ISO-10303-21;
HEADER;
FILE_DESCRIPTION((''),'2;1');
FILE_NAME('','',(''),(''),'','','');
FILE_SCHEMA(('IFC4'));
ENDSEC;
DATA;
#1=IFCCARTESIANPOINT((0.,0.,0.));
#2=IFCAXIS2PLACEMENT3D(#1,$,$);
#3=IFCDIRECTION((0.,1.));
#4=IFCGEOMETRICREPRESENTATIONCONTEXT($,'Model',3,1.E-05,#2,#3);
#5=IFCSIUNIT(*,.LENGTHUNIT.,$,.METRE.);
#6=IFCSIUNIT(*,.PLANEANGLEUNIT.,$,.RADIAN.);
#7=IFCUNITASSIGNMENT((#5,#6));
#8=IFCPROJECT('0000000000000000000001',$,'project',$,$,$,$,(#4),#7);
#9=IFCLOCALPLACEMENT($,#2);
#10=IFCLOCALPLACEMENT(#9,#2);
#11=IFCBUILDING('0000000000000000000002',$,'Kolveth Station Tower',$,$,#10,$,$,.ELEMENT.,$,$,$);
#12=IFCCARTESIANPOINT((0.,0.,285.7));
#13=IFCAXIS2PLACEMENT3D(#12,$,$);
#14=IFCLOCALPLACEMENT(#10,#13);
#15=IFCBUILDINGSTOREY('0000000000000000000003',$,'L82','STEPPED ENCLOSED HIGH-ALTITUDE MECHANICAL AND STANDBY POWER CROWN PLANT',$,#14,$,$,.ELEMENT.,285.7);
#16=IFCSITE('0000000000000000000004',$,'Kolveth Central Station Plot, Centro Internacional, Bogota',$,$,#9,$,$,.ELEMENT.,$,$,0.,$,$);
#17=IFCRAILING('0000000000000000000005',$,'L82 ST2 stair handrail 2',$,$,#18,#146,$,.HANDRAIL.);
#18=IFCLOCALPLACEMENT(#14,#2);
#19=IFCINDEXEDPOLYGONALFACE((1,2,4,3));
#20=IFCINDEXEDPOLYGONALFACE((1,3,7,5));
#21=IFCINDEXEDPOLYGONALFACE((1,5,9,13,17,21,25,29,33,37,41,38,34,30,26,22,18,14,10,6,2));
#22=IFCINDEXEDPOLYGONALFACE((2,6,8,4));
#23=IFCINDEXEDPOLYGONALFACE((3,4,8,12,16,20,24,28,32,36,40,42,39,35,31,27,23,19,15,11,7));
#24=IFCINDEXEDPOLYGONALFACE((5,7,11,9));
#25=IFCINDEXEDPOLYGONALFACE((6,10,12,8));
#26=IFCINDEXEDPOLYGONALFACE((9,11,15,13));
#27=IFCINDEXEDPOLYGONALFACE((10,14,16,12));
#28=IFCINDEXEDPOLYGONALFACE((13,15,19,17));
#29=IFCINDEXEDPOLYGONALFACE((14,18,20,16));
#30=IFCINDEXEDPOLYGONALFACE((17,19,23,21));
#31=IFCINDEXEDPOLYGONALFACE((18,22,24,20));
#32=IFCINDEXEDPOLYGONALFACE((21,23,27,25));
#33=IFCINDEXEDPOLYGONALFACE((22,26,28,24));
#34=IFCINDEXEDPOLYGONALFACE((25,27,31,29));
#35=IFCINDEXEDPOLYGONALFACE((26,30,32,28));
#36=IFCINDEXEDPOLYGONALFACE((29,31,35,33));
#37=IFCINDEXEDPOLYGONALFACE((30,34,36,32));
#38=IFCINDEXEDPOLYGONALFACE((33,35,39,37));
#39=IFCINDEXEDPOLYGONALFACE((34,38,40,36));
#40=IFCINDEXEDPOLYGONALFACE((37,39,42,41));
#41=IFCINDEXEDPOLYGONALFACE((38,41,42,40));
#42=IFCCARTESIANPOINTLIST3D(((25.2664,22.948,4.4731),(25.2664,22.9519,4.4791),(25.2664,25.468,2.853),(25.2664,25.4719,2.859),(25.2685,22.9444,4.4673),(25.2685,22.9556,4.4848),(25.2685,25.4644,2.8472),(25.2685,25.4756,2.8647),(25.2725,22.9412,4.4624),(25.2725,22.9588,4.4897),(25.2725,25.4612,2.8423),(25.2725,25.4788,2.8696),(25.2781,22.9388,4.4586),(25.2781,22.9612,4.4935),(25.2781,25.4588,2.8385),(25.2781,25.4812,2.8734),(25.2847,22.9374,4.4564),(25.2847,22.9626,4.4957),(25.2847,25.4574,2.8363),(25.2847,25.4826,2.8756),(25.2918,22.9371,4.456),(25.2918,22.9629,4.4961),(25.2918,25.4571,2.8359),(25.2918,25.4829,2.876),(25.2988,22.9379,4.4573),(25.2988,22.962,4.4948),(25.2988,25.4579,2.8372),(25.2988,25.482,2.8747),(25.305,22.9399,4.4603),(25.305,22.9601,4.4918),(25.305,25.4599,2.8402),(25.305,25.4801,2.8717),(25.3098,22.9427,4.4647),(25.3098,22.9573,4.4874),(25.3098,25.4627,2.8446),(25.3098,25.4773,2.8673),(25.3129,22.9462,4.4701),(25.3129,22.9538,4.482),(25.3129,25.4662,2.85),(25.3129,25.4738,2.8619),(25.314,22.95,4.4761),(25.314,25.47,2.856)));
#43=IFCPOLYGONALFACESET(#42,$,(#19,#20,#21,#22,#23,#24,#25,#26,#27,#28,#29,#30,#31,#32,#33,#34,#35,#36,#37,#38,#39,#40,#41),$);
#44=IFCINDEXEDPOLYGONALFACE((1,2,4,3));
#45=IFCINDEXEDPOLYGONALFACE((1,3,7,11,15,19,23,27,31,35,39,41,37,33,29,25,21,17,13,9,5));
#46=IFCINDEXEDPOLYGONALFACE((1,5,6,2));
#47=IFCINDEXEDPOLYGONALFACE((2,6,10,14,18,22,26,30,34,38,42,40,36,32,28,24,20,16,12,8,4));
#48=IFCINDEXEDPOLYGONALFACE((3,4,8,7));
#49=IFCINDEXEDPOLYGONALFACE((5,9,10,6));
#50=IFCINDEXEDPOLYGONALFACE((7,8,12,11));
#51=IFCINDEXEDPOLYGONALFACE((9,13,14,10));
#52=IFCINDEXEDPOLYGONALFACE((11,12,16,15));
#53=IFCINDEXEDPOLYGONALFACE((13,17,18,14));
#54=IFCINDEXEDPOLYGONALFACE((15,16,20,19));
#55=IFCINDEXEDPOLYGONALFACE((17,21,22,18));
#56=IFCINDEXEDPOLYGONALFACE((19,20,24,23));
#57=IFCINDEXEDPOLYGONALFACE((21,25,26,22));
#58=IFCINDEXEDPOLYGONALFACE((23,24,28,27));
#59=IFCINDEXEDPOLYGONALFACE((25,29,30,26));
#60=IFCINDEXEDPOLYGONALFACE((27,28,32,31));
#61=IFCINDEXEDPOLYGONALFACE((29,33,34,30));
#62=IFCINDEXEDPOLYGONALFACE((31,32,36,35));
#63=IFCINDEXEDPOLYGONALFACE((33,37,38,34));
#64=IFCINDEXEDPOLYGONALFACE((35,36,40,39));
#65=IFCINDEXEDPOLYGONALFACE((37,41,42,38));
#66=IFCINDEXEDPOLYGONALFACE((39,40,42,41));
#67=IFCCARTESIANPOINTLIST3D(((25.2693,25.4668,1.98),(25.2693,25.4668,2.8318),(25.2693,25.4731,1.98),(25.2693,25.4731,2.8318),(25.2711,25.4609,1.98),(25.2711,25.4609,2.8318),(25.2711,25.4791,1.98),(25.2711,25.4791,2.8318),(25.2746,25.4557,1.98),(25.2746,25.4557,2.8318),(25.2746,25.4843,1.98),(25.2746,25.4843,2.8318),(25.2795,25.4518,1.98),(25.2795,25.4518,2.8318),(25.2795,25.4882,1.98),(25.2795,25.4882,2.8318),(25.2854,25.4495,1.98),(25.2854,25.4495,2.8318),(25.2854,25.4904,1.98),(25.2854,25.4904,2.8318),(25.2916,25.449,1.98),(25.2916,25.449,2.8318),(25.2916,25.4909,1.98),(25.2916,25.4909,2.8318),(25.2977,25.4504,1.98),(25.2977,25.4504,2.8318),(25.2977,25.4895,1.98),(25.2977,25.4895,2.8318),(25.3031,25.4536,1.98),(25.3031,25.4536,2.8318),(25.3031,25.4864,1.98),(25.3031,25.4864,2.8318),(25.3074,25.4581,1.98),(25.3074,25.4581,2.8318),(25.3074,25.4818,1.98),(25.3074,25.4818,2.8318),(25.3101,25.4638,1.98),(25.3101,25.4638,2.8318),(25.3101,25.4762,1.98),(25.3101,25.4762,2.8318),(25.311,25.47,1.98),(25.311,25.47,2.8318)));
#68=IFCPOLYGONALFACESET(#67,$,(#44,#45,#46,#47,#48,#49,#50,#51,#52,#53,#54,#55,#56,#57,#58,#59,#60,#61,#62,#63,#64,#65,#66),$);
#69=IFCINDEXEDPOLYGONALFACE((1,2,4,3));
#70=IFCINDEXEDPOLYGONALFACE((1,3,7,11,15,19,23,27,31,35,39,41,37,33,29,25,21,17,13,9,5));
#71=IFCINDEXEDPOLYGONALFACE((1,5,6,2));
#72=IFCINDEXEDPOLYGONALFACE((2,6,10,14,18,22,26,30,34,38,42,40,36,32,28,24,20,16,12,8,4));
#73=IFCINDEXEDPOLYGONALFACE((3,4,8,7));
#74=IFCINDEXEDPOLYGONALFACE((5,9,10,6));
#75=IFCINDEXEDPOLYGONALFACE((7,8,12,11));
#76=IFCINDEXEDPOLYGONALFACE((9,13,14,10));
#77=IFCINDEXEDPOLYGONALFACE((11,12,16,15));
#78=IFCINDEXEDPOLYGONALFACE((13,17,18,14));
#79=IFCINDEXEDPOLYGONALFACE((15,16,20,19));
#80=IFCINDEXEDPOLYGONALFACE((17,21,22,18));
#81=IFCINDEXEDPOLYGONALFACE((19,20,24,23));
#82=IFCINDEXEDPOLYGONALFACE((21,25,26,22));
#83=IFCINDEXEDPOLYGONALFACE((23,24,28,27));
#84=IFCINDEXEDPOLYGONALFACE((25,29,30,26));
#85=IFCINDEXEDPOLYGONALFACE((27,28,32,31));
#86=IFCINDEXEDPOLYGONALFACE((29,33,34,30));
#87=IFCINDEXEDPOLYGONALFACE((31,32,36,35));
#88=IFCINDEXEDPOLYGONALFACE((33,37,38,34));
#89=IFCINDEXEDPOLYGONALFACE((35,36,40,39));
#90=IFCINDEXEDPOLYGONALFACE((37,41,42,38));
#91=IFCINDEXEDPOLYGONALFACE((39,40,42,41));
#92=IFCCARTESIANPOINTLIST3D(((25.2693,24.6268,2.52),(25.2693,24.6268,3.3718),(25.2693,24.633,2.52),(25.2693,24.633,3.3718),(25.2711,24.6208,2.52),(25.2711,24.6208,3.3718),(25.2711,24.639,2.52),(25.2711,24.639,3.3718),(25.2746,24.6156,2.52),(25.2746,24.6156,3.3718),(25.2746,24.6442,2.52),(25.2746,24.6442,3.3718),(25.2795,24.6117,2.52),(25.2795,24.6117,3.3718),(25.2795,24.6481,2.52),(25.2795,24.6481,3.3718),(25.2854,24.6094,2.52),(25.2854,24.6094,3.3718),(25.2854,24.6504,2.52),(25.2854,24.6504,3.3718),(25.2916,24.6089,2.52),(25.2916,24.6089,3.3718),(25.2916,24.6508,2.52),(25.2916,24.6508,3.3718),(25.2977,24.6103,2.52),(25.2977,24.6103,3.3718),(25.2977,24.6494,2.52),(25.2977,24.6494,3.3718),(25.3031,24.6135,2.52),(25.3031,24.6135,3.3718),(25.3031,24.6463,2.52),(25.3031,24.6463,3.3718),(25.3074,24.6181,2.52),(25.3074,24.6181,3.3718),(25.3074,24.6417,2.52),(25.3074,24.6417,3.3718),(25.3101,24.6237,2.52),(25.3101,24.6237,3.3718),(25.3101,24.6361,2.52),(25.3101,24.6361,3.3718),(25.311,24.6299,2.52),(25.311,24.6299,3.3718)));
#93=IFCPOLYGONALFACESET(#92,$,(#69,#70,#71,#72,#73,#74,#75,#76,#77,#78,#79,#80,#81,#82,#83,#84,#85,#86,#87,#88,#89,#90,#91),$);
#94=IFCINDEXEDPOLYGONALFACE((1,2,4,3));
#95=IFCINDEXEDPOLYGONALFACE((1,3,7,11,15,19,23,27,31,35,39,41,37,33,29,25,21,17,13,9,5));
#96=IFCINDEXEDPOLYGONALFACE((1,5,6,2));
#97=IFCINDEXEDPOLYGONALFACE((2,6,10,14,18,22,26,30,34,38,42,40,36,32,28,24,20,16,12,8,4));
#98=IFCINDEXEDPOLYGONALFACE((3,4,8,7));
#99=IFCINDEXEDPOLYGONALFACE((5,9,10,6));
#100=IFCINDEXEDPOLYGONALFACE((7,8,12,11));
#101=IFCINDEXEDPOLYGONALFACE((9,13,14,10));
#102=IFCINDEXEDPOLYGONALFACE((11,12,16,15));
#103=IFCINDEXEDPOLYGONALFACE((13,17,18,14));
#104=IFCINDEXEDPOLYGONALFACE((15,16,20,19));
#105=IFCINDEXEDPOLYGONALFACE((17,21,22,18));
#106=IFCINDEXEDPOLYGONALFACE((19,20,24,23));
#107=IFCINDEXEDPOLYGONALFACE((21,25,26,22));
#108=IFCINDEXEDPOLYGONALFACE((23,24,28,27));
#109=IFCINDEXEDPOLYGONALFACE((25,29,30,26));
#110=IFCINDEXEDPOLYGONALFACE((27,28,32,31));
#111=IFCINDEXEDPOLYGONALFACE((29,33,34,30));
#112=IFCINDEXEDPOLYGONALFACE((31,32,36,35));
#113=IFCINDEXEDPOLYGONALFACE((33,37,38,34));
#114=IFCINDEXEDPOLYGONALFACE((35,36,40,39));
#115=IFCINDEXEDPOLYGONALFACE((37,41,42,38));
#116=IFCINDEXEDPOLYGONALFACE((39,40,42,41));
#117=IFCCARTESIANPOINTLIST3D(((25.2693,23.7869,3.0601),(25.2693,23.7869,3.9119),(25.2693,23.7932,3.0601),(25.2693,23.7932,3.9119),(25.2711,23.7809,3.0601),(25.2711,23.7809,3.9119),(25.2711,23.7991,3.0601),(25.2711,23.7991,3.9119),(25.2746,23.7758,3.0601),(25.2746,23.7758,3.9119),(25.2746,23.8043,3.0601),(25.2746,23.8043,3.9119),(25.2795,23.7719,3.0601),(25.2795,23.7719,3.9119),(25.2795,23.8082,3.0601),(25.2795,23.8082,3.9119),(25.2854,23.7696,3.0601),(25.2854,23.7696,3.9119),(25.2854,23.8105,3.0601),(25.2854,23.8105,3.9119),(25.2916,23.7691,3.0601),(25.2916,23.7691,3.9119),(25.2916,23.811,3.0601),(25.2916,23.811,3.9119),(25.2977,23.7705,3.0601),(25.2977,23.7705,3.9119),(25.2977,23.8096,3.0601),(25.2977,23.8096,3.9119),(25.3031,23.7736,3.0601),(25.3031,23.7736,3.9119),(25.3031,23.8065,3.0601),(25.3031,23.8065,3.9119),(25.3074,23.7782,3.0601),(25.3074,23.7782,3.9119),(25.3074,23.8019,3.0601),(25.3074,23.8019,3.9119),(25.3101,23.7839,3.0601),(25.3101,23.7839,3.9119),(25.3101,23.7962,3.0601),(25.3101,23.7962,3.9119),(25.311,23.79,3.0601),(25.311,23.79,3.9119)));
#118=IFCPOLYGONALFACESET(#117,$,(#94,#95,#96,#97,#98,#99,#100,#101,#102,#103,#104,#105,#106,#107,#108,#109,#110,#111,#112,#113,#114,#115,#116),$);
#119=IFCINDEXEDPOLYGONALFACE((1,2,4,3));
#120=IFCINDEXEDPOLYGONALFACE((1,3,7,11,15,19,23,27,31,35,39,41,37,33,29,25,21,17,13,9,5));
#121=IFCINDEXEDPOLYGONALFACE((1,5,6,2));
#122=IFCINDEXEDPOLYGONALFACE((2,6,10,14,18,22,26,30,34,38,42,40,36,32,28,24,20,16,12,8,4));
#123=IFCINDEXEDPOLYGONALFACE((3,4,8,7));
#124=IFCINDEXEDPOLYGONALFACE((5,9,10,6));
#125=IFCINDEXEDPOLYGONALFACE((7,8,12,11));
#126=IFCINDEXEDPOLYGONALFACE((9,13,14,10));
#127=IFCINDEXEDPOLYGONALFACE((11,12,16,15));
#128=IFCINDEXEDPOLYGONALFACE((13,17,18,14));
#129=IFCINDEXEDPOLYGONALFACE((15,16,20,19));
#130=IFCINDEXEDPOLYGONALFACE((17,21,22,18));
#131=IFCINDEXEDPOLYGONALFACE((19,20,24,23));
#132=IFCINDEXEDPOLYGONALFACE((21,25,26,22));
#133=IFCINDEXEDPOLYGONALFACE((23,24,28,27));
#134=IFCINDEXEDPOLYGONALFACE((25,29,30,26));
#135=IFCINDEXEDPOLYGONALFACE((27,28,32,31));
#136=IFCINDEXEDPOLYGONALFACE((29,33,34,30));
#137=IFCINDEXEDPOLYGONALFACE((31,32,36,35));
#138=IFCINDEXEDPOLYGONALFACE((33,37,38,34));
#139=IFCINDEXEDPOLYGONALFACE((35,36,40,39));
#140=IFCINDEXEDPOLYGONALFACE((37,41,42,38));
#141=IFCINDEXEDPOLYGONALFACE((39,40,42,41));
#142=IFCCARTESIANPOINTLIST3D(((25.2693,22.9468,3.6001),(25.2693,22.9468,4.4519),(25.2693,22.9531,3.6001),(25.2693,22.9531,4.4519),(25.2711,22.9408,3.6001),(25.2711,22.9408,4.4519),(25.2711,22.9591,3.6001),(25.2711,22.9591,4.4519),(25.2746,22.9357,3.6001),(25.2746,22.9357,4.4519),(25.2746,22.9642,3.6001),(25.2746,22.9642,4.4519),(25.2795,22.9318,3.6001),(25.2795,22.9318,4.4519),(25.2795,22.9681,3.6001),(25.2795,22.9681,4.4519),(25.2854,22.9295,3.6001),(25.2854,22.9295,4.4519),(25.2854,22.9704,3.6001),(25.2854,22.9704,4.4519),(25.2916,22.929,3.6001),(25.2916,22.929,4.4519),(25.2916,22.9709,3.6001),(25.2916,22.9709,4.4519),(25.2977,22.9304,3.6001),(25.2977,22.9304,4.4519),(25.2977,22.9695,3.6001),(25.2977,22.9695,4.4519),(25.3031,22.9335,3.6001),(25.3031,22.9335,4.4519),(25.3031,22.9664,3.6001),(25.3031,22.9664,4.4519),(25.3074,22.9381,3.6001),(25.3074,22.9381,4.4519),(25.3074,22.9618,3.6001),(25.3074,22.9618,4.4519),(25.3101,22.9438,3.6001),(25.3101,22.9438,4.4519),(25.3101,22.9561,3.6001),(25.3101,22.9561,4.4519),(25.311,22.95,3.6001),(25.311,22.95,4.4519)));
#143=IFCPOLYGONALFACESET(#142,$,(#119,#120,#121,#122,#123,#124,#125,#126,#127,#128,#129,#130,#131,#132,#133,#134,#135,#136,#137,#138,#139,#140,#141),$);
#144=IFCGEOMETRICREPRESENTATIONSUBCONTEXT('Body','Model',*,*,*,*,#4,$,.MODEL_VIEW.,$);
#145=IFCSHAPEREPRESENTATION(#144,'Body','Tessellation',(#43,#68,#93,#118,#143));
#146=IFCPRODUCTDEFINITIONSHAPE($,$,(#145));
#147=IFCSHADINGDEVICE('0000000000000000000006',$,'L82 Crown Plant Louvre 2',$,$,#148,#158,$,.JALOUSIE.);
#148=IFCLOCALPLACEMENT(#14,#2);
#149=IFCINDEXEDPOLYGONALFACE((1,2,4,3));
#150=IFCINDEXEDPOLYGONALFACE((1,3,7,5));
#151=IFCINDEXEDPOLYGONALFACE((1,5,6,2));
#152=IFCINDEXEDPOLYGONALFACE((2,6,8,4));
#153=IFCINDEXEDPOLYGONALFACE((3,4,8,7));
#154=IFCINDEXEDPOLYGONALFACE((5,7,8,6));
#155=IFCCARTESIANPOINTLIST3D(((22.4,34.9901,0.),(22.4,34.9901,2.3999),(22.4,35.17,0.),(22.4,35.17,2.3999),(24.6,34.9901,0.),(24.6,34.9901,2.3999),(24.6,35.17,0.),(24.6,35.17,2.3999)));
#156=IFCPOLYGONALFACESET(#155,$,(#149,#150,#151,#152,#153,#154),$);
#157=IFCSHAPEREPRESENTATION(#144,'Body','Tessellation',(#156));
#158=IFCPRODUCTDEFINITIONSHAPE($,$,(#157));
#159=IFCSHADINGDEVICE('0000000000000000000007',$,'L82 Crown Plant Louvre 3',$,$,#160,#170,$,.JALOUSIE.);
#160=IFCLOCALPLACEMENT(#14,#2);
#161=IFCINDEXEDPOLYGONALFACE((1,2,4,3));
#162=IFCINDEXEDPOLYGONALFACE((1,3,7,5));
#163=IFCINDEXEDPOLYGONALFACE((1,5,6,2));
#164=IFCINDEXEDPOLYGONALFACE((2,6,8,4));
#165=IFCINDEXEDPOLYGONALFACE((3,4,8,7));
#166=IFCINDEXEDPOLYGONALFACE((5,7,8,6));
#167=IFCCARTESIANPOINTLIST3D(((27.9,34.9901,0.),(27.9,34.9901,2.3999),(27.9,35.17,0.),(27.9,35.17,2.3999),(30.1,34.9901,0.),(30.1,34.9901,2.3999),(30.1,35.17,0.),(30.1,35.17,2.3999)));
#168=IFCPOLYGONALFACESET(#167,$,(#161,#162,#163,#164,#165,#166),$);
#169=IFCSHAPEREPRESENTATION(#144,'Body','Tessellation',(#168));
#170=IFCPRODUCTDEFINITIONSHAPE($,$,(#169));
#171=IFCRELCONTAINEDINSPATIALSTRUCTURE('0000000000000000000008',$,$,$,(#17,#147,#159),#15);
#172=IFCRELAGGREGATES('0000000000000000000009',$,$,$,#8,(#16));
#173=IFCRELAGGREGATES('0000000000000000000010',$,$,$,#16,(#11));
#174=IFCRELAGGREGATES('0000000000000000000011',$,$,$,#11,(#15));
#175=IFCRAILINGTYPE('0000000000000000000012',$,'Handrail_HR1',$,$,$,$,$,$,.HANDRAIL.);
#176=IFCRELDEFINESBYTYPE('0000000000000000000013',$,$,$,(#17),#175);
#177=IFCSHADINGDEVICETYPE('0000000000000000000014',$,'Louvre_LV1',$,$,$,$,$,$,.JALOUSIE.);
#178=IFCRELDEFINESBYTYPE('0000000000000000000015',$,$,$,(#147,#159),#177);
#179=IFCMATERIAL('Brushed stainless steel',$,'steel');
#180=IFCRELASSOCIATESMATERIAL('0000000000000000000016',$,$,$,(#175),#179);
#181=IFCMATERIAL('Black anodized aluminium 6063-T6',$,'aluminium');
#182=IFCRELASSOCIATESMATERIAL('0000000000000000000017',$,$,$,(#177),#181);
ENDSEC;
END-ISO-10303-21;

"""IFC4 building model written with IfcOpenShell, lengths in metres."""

from ifc_helpers import new_model, si_unit, direction, frame, origin, origin_2d, place, context, subcontext, project, spatial, rectangle, circle, extrude, source, transform, mapped, material, type_object, element, save


model = new_model("IFC4")

# Units and contexts
model_context = context("Model", 3, precision=1e-05, world=origin(), true_north=direction((0.0, 1.0)))
body_context = subcontext(model_context, "Body", "Model", "MODEL_VIEW")
ifc_project = project(units=[si_unit("LENGTHUNIT", "METRE"), si_unit("PLANEANGLEUNIT", "RADIAN")], contexts=[model_context])

# Site, building, storey
site_placement = place(None, origin())
site = spatial("IfcSite", under=ifc_project, at=site_placement, Name="Kolveth Central Station Plot, Centro Internacional, Bogota", CompositionType="ELEMENT", RefElevation=0.0)
building_placement = place(site_placement, origin())
building = spatial("IfcBuilding", under=site, at=building_placement, Name="Kolveth Station Tower", CompositionType="ELEMENT")
storey_placement = place(building_placement, frame((0.0, 0.0, 285.7)))
storey = spatial("IfcBuildingStorey", under=building, at=storey_placement, Name="L82", Description="STEPPED ENCLOSED HIGH-ALTITUDE MECHANICAL AND STANDBY POWER CROWN PLANT", CompositionType="ELEMENT", Elevation=285.7)

# Railing
ifc_material_1 = material(Name="Brushed stainless steel", Category="steel")
railing_type_1 = type_object("IfcRailingType", Name="Handrail_HR1", PredefinedType="HANDRAIL", material=ifc_material_1)
railing_1_placement = place(storey_placement, frame((25.29, 25.47, 1.98)))
element("IfcRailing", 1, at=railing_1_placement, inside=storey, type_object=railing_type_1, Name="L82 ST2 stair handrail 2", PredefinedType="HANDRAIL", context=body_context, shape_type="SweptSolid", body=[
    extrude(circle(Radius=0.0239, at=origin_2d()), frame((0.0, 0.0, 0.876), z_axis=(0.0, -0.841163, 0.540782), x_axis=(1.0, 0.0, 0.0)), (0.0, 0.0, 1.0), 2.9958),
    extrude(circle(Radius=0.021, at=origin_2d()), origin(), (0.0, 0.0, 1.0), 0.8518),
    extrude(circle(Radius=0.021, at=origin_2d()), frame((0.0, -0.8401, 0.54)), (0.0, 0.0, 1.0), 0.8518),
    extrude(circle(Radius=0.021, at=origin_2d()), frame((0.0, -1.6799, 1.0801)), (0.0, 0.0, 1.0), 0.8518),
    extrude(circle(Radius=0.021, at=origin_2d()), frame((0.0, -2.52, 1.6201)), (0.0, 0.0, 1.0), 0.8518),
])

# Shading devices
ifc_material_2 = material(Name="Black anodized aluminium 6063-T6", Category="aluminium")
shading_device_type = type_object("IfcShadingDeviceType", Name="Louvre_LV1", PredefinedType="JALOUSIE", material=ifc_material_2)
shared_shape_1 = source(origin(), body_context, "Body", "SweptSolid", [
    extrude(rectangle(XDim=2.2, YDim=0.1799, at=origin_2d()), origin(), (0.0, 0.0, 1.0), 2.3999),
])
for number, where, z_axis, x_axis, name in (
    (2, (23.5, 35.0801, 0.0), (0.0, 0.0, 1.0), (1.0, 0.0, 0.0), "L82 Crown Plant Louvre 2"),
    (3, (29.0, 35.0801, 0.0), (0.0, 0.0, 1.0), (1.0, 0.0, 0.0), "L82 Crown Plant Louvre 3"),
):
    element("IfcShadingDevice", number, at=place(storey_placement, frame(where, z_axis=z_axis, x_axis=x_axis)), inside=storey, type_object=shading_device_type, Name=name, PredefinedType="JALOUSIE", context=body_context, shape_type="MappedRepresentation", body=[
        mapped(shared_shape_1, transform((0.0, 0.0, 0.0), x_axis=(1.0, 0.0, 0.0), y_axis=(0.0, 1.0, 0.0), z_axis=(0.0, 0.0, 1.0), scale=1.0)),
    ])

save(model, "model.ifc")
